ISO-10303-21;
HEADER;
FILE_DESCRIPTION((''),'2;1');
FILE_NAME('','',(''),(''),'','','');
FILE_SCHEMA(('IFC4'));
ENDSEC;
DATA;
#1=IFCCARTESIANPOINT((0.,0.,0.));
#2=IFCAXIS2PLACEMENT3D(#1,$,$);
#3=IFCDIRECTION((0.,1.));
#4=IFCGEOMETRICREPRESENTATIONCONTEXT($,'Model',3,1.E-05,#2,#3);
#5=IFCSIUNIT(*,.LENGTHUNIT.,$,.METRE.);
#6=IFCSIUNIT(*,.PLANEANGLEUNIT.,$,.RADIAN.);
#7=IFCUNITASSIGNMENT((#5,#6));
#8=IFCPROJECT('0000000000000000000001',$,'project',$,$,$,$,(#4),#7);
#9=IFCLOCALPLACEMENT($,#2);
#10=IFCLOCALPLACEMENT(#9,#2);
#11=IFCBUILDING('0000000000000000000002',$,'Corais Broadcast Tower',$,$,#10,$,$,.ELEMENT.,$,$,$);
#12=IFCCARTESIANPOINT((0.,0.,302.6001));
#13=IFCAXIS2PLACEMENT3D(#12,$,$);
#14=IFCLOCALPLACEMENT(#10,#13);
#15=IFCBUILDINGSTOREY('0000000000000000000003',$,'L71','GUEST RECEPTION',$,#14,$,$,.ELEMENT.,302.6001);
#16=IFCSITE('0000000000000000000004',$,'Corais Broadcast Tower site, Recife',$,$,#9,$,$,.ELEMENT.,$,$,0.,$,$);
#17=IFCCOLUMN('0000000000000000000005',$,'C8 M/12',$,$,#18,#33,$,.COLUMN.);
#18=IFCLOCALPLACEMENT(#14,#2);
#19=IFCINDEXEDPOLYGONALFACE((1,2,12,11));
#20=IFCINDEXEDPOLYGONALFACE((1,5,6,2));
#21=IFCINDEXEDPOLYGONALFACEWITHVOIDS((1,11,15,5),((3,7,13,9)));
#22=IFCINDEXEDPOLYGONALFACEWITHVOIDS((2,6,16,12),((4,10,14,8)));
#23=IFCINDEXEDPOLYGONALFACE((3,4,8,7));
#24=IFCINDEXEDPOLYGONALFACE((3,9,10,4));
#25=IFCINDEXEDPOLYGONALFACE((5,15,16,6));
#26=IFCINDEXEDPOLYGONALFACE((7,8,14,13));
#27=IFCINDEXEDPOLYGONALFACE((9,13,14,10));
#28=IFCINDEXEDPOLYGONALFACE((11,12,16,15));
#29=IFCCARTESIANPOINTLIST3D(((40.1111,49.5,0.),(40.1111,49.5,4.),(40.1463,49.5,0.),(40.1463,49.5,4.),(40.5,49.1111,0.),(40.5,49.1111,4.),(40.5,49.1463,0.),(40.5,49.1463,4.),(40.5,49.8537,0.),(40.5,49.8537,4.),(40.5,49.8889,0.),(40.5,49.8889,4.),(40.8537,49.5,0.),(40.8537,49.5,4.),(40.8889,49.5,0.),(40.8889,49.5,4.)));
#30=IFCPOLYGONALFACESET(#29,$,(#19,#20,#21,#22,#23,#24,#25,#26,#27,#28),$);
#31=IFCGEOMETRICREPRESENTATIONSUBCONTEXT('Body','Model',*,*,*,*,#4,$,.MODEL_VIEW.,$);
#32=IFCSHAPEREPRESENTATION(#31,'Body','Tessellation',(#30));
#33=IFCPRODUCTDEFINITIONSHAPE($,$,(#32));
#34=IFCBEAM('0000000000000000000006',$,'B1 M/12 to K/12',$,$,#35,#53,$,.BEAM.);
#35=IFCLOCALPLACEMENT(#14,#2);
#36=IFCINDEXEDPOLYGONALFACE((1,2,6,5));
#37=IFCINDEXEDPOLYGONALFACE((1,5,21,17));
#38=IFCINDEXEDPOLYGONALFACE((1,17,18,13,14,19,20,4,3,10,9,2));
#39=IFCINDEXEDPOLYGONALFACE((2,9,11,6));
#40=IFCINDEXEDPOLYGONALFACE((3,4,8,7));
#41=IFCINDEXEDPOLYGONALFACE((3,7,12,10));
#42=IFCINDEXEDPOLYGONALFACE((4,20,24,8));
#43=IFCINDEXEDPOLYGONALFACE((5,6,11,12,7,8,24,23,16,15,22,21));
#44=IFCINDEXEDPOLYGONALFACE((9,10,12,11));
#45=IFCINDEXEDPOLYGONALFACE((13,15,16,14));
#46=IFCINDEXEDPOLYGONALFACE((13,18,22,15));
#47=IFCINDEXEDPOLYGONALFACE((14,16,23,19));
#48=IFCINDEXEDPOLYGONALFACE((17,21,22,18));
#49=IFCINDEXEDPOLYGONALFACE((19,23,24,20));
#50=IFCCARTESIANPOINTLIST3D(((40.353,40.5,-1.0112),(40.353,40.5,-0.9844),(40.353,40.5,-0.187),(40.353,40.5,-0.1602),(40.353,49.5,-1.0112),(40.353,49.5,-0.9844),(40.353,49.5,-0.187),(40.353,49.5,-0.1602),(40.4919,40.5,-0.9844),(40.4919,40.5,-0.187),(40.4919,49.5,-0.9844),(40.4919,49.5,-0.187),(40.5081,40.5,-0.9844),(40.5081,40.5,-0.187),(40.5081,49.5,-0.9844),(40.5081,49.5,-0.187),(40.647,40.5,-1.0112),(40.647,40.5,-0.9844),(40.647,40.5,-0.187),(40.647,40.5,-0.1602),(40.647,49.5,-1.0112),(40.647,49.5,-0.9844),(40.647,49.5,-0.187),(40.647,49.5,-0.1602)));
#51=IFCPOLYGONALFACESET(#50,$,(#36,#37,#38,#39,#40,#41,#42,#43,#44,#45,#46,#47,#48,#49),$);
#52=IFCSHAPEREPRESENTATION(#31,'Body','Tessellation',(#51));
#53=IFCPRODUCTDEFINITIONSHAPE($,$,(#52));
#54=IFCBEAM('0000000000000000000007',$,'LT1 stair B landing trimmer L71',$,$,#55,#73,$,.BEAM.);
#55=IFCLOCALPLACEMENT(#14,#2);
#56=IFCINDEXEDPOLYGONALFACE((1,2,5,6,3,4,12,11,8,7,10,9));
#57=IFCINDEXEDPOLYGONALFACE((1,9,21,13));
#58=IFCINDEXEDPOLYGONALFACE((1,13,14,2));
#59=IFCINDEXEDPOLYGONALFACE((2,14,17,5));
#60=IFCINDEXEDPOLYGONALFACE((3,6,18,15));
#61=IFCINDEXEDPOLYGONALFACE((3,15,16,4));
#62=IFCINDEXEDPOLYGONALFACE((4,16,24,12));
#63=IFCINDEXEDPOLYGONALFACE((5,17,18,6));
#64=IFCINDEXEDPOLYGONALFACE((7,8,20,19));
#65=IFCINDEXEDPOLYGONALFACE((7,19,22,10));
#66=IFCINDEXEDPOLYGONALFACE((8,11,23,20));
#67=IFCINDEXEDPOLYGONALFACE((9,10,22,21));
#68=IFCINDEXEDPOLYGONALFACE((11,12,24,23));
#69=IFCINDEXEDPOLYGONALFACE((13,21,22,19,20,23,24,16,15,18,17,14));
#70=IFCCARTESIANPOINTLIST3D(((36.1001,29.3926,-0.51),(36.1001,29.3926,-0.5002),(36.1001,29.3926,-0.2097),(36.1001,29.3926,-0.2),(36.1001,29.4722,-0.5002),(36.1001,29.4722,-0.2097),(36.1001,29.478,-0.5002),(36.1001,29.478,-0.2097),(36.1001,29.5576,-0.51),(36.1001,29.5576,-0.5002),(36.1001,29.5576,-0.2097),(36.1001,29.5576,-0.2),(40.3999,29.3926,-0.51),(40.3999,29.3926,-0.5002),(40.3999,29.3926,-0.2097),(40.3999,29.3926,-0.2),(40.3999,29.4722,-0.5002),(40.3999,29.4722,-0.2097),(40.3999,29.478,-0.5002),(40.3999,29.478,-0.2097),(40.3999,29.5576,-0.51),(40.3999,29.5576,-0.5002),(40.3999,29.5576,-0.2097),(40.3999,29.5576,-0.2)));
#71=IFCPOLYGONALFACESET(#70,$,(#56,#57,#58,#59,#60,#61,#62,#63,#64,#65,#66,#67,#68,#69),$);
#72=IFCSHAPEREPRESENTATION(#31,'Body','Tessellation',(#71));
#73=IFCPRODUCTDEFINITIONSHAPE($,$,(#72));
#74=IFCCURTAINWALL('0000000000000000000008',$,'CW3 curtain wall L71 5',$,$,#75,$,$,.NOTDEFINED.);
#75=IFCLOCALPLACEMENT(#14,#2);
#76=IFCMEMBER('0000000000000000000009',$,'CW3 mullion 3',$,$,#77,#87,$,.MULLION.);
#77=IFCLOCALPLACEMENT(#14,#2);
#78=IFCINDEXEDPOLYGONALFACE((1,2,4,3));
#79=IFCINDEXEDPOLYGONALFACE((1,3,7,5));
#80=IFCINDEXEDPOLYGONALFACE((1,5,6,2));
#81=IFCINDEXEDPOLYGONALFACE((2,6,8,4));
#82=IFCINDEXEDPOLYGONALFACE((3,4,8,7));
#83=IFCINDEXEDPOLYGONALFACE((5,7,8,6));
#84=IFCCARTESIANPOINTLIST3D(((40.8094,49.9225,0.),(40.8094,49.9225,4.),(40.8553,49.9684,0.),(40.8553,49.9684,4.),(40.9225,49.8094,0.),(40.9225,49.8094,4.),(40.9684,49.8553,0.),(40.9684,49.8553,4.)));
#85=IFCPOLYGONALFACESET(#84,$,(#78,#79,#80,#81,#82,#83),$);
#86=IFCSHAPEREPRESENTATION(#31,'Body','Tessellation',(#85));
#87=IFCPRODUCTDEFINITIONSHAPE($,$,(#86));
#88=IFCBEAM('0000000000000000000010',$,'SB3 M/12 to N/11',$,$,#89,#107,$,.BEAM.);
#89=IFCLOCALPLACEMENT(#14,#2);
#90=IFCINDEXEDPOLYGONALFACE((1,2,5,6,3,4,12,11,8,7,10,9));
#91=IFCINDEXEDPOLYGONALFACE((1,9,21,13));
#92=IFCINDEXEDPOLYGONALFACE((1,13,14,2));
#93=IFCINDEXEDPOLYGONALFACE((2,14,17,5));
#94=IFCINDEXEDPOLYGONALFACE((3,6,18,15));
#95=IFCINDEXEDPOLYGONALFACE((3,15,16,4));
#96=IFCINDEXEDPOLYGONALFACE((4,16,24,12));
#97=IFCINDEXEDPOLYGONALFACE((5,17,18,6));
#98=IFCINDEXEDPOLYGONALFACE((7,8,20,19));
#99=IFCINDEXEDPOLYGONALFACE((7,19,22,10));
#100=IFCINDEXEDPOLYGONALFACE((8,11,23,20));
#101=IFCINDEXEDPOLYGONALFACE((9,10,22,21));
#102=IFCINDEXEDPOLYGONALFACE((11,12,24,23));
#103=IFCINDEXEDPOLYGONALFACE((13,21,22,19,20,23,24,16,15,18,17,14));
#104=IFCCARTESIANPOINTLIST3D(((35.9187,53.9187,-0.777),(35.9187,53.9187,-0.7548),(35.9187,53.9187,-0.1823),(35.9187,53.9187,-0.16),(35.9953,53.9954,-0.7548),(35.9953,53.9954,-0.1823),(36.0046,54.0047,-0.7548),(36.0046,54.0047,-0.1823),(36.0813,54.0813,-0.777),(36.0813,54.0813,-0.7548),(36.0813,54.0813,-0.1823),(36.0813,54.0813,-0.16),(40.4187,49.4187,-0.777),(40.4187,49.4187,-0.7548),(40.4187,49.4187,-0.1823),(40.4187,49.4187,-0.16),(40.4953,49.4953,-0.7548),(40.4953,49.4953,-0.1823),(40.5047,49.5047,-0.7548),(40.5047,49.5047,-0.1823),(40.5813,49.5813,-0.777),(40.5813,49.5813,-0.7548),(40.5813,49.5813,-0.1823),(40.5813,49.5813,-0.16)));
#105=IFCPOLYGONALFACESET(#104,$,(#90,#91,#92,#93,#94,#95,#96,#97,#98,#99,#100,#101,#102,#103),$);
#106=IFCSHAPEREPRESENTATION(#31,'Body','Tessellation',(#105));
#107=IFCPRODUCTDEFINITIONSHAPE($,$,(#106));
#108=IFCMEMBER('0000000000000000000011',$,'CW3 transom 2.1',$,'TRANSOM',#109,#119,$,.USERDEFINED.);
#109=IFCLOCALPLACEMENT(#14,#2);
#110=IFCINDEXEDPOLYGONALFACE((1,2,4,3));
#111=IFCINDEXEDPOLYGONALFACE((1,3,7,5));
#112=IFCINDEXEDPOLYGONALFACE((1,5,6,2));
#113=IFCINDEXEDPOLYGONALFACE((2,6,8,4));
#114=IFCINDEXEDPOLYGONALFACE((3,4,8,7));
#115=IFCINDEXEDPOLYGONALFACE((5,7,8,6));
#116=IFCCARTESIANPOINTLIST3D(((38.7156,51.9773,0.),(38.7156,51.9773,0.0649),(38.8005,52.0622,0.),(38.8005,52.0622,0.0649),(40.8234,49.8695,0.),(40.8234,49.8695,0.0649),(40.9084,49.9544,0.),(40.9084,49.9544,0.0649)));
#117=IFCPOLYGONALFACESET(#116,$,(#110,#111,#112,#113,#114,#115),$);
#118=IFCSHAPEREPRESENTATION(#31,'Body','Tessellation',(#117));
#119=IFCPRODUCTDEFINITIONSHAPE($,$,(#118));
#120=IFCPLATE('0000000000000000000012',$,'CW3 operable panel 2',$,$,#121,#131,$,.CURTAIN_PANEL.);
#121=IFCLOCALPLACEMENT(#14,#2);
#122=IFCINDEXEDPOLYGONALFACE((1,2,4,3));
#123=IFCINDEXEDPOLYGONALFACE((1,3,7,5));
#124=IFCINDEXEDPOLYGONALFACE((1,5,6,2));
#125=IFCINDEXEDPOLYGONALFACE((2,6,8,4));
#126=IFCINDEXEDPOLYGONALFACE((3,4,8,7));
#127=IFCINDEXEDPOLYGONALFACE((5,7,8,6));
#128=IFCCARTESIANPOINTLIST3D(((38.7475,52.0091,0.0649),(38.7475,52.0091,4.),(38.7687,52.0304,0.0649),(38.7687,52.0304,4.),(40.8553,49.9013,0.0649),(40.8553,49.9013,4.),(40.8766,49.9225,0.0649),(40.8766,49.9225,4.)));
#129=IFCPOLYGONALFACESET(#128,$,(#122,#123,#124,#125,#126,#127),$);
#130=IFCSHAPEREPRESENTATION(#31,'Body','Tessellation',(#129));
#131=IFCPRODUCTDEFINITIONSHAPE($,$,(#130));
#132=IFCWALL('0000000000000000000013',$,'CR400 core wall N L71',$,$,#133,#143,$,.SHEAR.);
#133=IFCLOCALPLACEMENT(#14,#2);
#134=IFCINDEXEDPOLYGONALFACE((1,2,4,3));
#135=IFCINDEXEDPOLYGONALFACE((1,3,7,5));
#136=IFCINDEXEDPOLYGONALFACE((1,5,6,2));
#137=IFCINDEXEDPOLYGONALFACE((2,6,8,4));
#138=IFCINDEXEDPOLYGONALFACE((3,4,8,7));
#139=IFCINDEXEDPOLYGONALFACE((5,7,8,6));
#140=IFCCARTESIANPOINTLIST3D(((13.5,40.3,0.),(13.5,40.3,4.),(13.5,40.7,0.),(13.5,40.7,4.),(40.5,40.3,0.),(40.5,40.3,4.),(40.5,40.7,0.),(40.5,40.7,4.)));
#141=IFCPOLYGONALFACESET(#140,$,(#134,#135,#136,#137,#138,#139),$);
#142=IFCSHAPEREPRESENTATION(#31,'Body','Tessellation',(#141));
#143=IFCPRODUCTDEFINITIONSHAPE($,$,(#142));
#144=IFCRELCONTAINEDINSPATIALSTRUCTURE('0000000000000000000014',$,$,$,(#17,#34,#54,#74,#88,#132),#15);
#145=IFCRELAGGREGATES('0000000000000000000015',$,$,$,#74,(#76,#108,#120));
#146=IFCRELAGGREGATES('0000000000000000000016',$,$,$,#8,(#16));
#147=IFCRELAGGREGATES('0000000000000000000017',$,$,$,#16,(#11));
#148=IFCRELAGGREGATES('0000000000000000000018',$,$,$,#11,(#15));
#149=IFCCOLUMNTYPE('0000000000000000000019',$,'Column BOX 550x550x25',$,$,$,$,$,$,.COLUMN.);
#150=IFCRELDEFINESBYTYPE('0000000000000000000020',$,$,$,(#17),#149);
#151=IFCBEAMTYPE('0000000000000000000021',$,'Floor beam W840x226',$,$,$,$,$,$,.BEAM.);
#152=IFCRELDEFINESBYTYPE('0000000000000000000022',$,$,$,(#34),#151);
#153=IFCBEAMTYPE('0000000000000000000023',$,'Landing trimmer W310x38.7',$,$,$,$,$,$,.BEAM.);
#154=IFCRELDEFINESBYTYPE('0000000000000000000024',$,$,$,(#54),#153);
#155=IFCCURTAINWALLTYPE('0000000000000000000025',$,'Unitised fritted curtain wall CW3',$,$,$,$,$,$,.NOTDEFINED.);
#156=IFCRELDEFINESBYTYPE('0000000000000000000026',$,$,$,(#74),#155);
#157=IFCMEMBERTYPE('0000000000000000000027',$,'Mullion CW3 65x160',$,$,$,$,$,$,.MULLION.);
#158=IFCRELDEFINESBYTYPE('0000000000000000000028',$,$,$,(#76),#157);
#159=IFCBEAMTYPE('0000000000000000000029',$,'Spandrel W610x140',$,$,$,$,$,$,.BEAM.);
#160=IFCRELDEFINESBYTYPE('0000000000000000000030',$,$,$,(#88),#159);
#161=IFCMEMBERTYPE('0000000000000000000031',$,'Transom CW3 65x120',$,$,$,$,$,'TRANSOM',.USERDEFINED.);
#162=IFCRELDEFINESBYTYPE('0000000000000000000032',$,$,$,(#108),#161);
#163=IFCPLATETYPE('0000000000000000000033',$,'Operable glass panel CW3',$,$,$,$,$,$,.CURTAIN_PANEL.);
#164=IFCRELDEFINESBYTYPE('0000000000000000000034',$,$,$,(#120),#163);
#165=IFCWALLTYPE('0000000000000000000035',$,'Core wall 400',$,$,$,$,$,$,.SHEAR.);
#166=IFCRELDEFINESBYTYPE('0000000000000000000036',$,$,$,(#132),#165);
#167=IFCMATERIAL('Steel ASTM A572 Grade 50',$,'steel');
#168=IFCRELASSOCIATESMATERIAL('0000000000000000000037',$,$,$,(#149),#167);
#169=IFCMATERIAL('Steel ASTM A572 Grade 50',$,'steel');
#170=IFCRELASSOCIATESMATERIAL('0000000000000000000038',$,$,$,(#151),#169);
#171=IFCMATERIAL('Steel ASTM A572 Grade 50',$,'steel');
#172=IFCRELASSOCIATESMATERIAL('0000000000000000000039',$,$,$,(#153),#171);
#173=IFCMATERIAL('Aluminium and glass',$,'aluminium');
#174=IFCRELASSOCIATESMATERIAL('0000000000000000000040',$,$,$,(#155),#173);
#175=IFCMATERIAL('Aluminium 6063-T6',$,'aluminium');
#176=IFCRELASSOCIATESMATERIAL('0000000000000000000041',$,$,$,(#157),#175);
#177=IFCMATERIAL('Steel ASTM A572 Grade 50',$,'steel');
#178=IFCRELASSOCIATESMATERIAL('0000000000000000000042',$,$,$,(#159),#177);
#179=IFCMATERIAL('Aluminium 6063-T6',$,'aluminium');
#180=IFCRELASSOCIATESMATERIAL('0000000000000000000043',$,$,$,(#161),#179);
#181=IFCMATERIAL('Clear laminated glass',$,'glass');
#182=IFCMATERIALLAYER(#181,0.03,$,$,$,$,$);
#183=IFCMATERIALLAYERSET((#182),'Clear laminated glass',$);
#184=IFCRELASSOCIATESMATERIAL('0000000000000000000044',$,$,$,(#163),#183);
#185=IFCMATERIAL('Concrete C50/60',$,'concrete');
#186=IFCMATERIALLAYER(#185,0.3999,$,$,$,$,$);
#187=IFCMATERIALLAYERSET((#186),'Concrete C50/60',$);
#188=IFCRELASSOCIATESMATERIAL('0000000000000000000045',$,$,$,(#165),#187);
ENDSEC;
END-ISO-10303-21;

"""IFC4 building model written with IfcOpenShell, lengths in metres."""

from ifc_helpers import new_model, si_unit, direction, frame, frame_2d, origin, origin_2d, place, context, subcontext, project, spatial, rectangle, hollow_rectangle, i_section, extrude, material, layer, layer_set, material_profile, profile_set, type_object, element, aggregate, save


model = new_model("IFC4")

# Units and contexts
model_context = context("Model", 3, precision=1e-05, world=origin(), true_north=direction((0.0, 1.0)))
body_context = subcontext(model_context, "Body", "Model", "MODEL_VIEW")
ifc_project = project(units=[si_unit("LENGTHUNIT", "METRE"), si_unit("PLANEANGLEUNIT", "RADIAN")], contexts=[model_context])

# Site, building, storey
site_placement = place(None, origin())
site = spatial("IfcSite", under=ifc_project, at=site_placement, Name="Corais Broadcast Tower site, Recife", CompositionType="ELEMENT", RefElevation=0.0)
building_placement = place(site_placement, origin())
building = spatial("IfcBuilding", under=site, at=building_placement, Name="Corais Broadcast Tower", CompositionType="ELEMENT")
storey_placement = place(building_placement, frame((0.0, 0.0, 302.6001)))
storey = spatial("IfcBuildingStorey", under=building, at=storey_placement, Name="L71", Description="GUEST RECEPTION", CompositionType="ELEMENT", Elevation=302.6001)

# Column
ifc_material_1 = material(Name="Steel ASTM A572 Grade 50", Category="steel")
ifc_material_profile_1 = material_profile(ifc_material_1, hollow_rectangle(XDim=0.55, YDim=0.55, WallThickness=0.0249, at=origin_2d()), Name="BOX 550x550x25")
ifc_profile_set_1 = profile_set([ifc_material_profile_1], Name="Steel ASTM A572 Grade 50")
column_type = type_object("IfcColumnType", Name="Column BOX 550x550x25", PredefinedType="COLUMN", material=ifc_profile_set_1)
column_placement = place(storey_placement, frame((40.5, 49.5, 0.0), z_axis=(0.0, 0.0, 1.0), x_axis=(0.707107, 0.707107, 0.0)))
element("IfcColumn", 1, at=column_placement, inside=storey, type_object=column_type, Name="C8 M/12", PredefinedType="COLUMN", context=body_context, shape_type="SweptSolid", body=[
    extrude(hollow_rectangle(XDim=0.55, YDim=0.55, WallThickness=0.0249, at=origin_2d()), origin(), (0.0, 0.0, 1.0), 4.0),
])

# Beams
ifc_material_2 = material(Name="Steel ASTM A572 Grade 50", Category="steel")
ifc_material_profile_2 = material_profile(ifc_material_2, i_section(OverallWidth=0.2939, OverallDepth=0.8511, WebThickness=0.0161, FlangeThickness=0.0269, at=origin_2d()), Name="W840x226")
ifc_profile_set_2 = profile_set([ifc_material_profile_2], Name="Steel ASTM A572 Grade 50")
beam_type_1 = type_object("IfcBeamType", Name="Floor beam W840x226", PredefinedType="BEAM", material=ifc_profile_set_2)
beam_1_placement = place(storey_placement, frame((40.5, 49.5, -0.5857), z_axis=(0.0, -1.0, 0.0), x_axis=(1.0, 0.0, 0.0)))
element("IfcBeam", 2, at=beam_1_placement, inside=storey, type_object=beam_type_1, Name="B1 M/12 to K/12", PredefinedType="BEAM", context=body_context, shape_type="SweptSolid", body=[
    extrude(i_section(OverallWidth=0.2939, OverallDepth=0.8511, WebThickness=0.0161, FlangeThickness=0.0269, at=origin_2d()), origin(), (0.0, 0.0, 1.0), 9.0),
])
ifc_material_3 = material(Name="Steel ASTM A572 Grade 50", Category="steel")
ifc_material_profile_3 = material_profile(ifc_material_3, i_section(OverallWidth=0.165, OverallDepth=0.3101, WebThickness=0.0059, FlangeThickness=0.0098, at=origin_2d()), Name="W310x38.7")
ifc_profile_set_3 = profile_set([ifc_material_profile_3], Name="Steel ASTM A572 Grade 50")
beam_type_2 = type_object("IfcBeamType", Name="Landing trimmer W310x38.7", PredefinedType="BEAM", material=ifc_profile_set_3)
beam_2_placement = place(storey_placement, frame((36.1001, 29.4751, -0.355), z_axis=(1.0, 0.0, 0.0), x_axis=(0.0, 1.0, 0.0)))
element("IfcBeam", 3, at=beam_2_placement, inside=storey, type_object=beam_type_2, Name="LT1 stair B landing trimmer L71", PredefinedType="BEAM", context=body_context, shape_type="SweptSolid", body=[
    extrude(i_section(OverallWidth=0.165, OverallDepth=0.3101, WebThickness=0.0059, FlangeThickness=0.0098, at=origin_2d()), origin(), (0.0, 0.0, 1.0), 4.2998),
])

# Curtain wall, member
ifc_material_4 = material(Name="Aluminium and glass", Category="aluminium")
curtain_wall_type = type_object("IfcCurtainWallType", Name="Unitised fritted curtain wall CW3", PredefinedType="NOTDEFINED", material=ifc_material_4)
curtain_wall_placement = place(storey_placement, origin())
curtain_wall = element("IfcCurtainWall", 4, at=curtain_wall_placement, inside=storey, type_object=curtain_wall_type, Name="CW3 curtain wall L71 5", PredefinedType="NOTDEFINED")
ifc_material_5 = material(Name="Aluminium 6063-T6", Category="aluminium")
ifc_material_profile_4 = material_profile(ifc_material_5, rectangle(XDim=0.0649, YDim=0.1599, at=origin_2d()), Name="Mullion CW3 65x160")
ifc_profile_set_4 = profile_set([ifc_material_profile_4], Name="Aluminium 6063-T6")
member_type_1 = type_object("IfcMemberType", Name="Mullion CW3 65x160", PredefinedType="MULLION", material=ifc_profile_set_4)
member_1_placement = place(storey_placement, frame((40.8889, 49.8889, 0.0), z_axis=(0.0, 0.0, 1.0), x_axis=(0.707107, 0.707107, 0.0)))
member_1 = element("IfcMember", 5, at=member_1_placement, type_object=member_type_1, Name="CW3 mullion 3", PredefinedType="MULLION", context=body_context, shape_type="SweptSolid", body=[
    extrude(rectangle(XDim=0.0649, YDim=0.1599, at=origin_2d()), origin(), (0.0, 0.0, 1.0), 4.0),
])

# Beam
ifc_material_6 = material(Name="Steel ASTM A572 Grade 50", Category="steel")
ifc_material_profile_5 = material_profile(ifc_material_6, i_section(OverallWidth=0.23, OverallDepth=0.6169, WebThickness=0.0132, FlangeThickness=0.0222, at=origin_2d()), Name="W610x140")
ifc_profile_set_5 = profile_set([ifc_material_profile_5], Name="Steel ASTM A572 Grade 50")
beam_type_3 = type_object("IfcBeamType", Name="Spandrel W610x140", PredefinedType="BEAM", material=ifc_profile_set_5)
beam_3_placement = place(storey_placement, frame((40.5, 49.5, -0.4685), z_axis=(-0.707107, 0.707107, 0.0), x_axis=(-0.707107, -0.707107, 0.0)))
element("IfcBeam", 6, at=beam_3_placement, inside=storey, type_object=beam_type_3, Name="SB3 M/12 to N/11", PredefinedType="BEAM", context=body_context, shape_type="SweptSolid", body=[
    extrude(i_section(OverallWidth=0.23, OverallDepth=0.6169, WebThickness=0.0132, FlangeThickness=0.0222, at=origin_2d()), origin(), (0.0, 0.0, 1.0), 6.364),
])

# Member
ifc_material_7 = material(Name="Aluminium 6063-T6", Category="aluminium")
ifc_material_profile_6 = material_profile(ifc_material_7, rectangle(XDim=0.1201, YDim=0.0649, at=origin_2d()), Name="Transom CW3 65x120")
ifc_profile_set_6 = profile_set([ifc_material_profile_6], Name="Aluminium 6063-T6")
member_type_2 = type_object("IfcMemberType", Name="Transom CW3 65x120", ElementType="TRANSOM", PredefinedType="USERDEFINED", material=ifc_profile_set_6)
member_2_placement = place(storey_placement, frame((38.7581, 52.0198, 0.0325), z_axis=(0.707107, -0.707107, 0.0), x_axis=(0.707107, 0.707107, 0.0)))
member_2 = element("IfcMember", 7, at=member_2_placement, type_object=member_type_2, Name="CW3 transom 2.1", ObjectType="TRANSOM", PredefinedType="USERDEFINED", context=body_context, shape_type="SweptSolid", body=[
    extrude(rectangle(XDim=0.1201, YDim=0.0649, at=origin_2d()), origin(), (0.0, 0.0, 1.0), 2.981),
])

# Plate
ifc_material_8 = material(Name="Clear laminated glass", Category="glass")
ifc_layer_1 = layer(ifc_material_8, 0.03)
ifc_layer_set_1 = layer_set([ifc_layer_1], Name="Clear laminated glass")
plate_type = type_object("IfcPlateType", Name="Operable glass panel CW3", PredefinedType="CURTAIN_PANEL", material=ifc_layer_set_1)
plate_placement = place(storey_placement, frame((39.812, 50.9658, 0.0649), z_axis=(0.0, 0.0, 1.0), x_axis=(0.707107, -0.707107, 0.0)))
plate = element("IfcPlate", 8, at=plate_placement, type_object=plate_type, Name="CW3 operable panel 2", PredefinedType="CURTAIN_PANEL", context=body_context, shape_type="SweptSolid", body=[
    extrude(rectangle(XDim=2.981, YDim=0.03, at=origin_2d()), origin(), (0.0, 0.0, 1.0), 3.9351),
])
aggregate(curtain_wall, [member_1, member_2, plate])

# Wall
ifc_material_9 = material(Name="Concrete C50/60", Category="concrete")
ifc_layer_2 = layer(ifc_material_9, 0.3999)
ifc_layer_set_2 = layer_set([ifc_layer_2], Name="Concrete C50/60")
wall_type_1 = type_object("IfcWallType", Name="Core wall 400", PredefinedType="SHEAR", material=ifc_layer_set_2)
wall_1_placement = place(storey_placement, frame((40.5, 40.5, 0.0), z_axis=(0.0, 0.0, 1.0), x_axis=(-1.0, 0.0, 0.0)))
element("IfcWall", 9, at=wall_1_placement, inside=storey, type_object=wall_type_1, Name="CR400 core wall N L71", PredefinedType="SHEAR", context=body_context, shape_type="SweptSolid", body=[
    extrude(rectangle(XDim=27.0, YDim=0.3999, at=frame_2d((13.5, 0.0))), origin(), (0.0, 0.0, 1.0), 4.0),
])

save(model, "model.ifc")
